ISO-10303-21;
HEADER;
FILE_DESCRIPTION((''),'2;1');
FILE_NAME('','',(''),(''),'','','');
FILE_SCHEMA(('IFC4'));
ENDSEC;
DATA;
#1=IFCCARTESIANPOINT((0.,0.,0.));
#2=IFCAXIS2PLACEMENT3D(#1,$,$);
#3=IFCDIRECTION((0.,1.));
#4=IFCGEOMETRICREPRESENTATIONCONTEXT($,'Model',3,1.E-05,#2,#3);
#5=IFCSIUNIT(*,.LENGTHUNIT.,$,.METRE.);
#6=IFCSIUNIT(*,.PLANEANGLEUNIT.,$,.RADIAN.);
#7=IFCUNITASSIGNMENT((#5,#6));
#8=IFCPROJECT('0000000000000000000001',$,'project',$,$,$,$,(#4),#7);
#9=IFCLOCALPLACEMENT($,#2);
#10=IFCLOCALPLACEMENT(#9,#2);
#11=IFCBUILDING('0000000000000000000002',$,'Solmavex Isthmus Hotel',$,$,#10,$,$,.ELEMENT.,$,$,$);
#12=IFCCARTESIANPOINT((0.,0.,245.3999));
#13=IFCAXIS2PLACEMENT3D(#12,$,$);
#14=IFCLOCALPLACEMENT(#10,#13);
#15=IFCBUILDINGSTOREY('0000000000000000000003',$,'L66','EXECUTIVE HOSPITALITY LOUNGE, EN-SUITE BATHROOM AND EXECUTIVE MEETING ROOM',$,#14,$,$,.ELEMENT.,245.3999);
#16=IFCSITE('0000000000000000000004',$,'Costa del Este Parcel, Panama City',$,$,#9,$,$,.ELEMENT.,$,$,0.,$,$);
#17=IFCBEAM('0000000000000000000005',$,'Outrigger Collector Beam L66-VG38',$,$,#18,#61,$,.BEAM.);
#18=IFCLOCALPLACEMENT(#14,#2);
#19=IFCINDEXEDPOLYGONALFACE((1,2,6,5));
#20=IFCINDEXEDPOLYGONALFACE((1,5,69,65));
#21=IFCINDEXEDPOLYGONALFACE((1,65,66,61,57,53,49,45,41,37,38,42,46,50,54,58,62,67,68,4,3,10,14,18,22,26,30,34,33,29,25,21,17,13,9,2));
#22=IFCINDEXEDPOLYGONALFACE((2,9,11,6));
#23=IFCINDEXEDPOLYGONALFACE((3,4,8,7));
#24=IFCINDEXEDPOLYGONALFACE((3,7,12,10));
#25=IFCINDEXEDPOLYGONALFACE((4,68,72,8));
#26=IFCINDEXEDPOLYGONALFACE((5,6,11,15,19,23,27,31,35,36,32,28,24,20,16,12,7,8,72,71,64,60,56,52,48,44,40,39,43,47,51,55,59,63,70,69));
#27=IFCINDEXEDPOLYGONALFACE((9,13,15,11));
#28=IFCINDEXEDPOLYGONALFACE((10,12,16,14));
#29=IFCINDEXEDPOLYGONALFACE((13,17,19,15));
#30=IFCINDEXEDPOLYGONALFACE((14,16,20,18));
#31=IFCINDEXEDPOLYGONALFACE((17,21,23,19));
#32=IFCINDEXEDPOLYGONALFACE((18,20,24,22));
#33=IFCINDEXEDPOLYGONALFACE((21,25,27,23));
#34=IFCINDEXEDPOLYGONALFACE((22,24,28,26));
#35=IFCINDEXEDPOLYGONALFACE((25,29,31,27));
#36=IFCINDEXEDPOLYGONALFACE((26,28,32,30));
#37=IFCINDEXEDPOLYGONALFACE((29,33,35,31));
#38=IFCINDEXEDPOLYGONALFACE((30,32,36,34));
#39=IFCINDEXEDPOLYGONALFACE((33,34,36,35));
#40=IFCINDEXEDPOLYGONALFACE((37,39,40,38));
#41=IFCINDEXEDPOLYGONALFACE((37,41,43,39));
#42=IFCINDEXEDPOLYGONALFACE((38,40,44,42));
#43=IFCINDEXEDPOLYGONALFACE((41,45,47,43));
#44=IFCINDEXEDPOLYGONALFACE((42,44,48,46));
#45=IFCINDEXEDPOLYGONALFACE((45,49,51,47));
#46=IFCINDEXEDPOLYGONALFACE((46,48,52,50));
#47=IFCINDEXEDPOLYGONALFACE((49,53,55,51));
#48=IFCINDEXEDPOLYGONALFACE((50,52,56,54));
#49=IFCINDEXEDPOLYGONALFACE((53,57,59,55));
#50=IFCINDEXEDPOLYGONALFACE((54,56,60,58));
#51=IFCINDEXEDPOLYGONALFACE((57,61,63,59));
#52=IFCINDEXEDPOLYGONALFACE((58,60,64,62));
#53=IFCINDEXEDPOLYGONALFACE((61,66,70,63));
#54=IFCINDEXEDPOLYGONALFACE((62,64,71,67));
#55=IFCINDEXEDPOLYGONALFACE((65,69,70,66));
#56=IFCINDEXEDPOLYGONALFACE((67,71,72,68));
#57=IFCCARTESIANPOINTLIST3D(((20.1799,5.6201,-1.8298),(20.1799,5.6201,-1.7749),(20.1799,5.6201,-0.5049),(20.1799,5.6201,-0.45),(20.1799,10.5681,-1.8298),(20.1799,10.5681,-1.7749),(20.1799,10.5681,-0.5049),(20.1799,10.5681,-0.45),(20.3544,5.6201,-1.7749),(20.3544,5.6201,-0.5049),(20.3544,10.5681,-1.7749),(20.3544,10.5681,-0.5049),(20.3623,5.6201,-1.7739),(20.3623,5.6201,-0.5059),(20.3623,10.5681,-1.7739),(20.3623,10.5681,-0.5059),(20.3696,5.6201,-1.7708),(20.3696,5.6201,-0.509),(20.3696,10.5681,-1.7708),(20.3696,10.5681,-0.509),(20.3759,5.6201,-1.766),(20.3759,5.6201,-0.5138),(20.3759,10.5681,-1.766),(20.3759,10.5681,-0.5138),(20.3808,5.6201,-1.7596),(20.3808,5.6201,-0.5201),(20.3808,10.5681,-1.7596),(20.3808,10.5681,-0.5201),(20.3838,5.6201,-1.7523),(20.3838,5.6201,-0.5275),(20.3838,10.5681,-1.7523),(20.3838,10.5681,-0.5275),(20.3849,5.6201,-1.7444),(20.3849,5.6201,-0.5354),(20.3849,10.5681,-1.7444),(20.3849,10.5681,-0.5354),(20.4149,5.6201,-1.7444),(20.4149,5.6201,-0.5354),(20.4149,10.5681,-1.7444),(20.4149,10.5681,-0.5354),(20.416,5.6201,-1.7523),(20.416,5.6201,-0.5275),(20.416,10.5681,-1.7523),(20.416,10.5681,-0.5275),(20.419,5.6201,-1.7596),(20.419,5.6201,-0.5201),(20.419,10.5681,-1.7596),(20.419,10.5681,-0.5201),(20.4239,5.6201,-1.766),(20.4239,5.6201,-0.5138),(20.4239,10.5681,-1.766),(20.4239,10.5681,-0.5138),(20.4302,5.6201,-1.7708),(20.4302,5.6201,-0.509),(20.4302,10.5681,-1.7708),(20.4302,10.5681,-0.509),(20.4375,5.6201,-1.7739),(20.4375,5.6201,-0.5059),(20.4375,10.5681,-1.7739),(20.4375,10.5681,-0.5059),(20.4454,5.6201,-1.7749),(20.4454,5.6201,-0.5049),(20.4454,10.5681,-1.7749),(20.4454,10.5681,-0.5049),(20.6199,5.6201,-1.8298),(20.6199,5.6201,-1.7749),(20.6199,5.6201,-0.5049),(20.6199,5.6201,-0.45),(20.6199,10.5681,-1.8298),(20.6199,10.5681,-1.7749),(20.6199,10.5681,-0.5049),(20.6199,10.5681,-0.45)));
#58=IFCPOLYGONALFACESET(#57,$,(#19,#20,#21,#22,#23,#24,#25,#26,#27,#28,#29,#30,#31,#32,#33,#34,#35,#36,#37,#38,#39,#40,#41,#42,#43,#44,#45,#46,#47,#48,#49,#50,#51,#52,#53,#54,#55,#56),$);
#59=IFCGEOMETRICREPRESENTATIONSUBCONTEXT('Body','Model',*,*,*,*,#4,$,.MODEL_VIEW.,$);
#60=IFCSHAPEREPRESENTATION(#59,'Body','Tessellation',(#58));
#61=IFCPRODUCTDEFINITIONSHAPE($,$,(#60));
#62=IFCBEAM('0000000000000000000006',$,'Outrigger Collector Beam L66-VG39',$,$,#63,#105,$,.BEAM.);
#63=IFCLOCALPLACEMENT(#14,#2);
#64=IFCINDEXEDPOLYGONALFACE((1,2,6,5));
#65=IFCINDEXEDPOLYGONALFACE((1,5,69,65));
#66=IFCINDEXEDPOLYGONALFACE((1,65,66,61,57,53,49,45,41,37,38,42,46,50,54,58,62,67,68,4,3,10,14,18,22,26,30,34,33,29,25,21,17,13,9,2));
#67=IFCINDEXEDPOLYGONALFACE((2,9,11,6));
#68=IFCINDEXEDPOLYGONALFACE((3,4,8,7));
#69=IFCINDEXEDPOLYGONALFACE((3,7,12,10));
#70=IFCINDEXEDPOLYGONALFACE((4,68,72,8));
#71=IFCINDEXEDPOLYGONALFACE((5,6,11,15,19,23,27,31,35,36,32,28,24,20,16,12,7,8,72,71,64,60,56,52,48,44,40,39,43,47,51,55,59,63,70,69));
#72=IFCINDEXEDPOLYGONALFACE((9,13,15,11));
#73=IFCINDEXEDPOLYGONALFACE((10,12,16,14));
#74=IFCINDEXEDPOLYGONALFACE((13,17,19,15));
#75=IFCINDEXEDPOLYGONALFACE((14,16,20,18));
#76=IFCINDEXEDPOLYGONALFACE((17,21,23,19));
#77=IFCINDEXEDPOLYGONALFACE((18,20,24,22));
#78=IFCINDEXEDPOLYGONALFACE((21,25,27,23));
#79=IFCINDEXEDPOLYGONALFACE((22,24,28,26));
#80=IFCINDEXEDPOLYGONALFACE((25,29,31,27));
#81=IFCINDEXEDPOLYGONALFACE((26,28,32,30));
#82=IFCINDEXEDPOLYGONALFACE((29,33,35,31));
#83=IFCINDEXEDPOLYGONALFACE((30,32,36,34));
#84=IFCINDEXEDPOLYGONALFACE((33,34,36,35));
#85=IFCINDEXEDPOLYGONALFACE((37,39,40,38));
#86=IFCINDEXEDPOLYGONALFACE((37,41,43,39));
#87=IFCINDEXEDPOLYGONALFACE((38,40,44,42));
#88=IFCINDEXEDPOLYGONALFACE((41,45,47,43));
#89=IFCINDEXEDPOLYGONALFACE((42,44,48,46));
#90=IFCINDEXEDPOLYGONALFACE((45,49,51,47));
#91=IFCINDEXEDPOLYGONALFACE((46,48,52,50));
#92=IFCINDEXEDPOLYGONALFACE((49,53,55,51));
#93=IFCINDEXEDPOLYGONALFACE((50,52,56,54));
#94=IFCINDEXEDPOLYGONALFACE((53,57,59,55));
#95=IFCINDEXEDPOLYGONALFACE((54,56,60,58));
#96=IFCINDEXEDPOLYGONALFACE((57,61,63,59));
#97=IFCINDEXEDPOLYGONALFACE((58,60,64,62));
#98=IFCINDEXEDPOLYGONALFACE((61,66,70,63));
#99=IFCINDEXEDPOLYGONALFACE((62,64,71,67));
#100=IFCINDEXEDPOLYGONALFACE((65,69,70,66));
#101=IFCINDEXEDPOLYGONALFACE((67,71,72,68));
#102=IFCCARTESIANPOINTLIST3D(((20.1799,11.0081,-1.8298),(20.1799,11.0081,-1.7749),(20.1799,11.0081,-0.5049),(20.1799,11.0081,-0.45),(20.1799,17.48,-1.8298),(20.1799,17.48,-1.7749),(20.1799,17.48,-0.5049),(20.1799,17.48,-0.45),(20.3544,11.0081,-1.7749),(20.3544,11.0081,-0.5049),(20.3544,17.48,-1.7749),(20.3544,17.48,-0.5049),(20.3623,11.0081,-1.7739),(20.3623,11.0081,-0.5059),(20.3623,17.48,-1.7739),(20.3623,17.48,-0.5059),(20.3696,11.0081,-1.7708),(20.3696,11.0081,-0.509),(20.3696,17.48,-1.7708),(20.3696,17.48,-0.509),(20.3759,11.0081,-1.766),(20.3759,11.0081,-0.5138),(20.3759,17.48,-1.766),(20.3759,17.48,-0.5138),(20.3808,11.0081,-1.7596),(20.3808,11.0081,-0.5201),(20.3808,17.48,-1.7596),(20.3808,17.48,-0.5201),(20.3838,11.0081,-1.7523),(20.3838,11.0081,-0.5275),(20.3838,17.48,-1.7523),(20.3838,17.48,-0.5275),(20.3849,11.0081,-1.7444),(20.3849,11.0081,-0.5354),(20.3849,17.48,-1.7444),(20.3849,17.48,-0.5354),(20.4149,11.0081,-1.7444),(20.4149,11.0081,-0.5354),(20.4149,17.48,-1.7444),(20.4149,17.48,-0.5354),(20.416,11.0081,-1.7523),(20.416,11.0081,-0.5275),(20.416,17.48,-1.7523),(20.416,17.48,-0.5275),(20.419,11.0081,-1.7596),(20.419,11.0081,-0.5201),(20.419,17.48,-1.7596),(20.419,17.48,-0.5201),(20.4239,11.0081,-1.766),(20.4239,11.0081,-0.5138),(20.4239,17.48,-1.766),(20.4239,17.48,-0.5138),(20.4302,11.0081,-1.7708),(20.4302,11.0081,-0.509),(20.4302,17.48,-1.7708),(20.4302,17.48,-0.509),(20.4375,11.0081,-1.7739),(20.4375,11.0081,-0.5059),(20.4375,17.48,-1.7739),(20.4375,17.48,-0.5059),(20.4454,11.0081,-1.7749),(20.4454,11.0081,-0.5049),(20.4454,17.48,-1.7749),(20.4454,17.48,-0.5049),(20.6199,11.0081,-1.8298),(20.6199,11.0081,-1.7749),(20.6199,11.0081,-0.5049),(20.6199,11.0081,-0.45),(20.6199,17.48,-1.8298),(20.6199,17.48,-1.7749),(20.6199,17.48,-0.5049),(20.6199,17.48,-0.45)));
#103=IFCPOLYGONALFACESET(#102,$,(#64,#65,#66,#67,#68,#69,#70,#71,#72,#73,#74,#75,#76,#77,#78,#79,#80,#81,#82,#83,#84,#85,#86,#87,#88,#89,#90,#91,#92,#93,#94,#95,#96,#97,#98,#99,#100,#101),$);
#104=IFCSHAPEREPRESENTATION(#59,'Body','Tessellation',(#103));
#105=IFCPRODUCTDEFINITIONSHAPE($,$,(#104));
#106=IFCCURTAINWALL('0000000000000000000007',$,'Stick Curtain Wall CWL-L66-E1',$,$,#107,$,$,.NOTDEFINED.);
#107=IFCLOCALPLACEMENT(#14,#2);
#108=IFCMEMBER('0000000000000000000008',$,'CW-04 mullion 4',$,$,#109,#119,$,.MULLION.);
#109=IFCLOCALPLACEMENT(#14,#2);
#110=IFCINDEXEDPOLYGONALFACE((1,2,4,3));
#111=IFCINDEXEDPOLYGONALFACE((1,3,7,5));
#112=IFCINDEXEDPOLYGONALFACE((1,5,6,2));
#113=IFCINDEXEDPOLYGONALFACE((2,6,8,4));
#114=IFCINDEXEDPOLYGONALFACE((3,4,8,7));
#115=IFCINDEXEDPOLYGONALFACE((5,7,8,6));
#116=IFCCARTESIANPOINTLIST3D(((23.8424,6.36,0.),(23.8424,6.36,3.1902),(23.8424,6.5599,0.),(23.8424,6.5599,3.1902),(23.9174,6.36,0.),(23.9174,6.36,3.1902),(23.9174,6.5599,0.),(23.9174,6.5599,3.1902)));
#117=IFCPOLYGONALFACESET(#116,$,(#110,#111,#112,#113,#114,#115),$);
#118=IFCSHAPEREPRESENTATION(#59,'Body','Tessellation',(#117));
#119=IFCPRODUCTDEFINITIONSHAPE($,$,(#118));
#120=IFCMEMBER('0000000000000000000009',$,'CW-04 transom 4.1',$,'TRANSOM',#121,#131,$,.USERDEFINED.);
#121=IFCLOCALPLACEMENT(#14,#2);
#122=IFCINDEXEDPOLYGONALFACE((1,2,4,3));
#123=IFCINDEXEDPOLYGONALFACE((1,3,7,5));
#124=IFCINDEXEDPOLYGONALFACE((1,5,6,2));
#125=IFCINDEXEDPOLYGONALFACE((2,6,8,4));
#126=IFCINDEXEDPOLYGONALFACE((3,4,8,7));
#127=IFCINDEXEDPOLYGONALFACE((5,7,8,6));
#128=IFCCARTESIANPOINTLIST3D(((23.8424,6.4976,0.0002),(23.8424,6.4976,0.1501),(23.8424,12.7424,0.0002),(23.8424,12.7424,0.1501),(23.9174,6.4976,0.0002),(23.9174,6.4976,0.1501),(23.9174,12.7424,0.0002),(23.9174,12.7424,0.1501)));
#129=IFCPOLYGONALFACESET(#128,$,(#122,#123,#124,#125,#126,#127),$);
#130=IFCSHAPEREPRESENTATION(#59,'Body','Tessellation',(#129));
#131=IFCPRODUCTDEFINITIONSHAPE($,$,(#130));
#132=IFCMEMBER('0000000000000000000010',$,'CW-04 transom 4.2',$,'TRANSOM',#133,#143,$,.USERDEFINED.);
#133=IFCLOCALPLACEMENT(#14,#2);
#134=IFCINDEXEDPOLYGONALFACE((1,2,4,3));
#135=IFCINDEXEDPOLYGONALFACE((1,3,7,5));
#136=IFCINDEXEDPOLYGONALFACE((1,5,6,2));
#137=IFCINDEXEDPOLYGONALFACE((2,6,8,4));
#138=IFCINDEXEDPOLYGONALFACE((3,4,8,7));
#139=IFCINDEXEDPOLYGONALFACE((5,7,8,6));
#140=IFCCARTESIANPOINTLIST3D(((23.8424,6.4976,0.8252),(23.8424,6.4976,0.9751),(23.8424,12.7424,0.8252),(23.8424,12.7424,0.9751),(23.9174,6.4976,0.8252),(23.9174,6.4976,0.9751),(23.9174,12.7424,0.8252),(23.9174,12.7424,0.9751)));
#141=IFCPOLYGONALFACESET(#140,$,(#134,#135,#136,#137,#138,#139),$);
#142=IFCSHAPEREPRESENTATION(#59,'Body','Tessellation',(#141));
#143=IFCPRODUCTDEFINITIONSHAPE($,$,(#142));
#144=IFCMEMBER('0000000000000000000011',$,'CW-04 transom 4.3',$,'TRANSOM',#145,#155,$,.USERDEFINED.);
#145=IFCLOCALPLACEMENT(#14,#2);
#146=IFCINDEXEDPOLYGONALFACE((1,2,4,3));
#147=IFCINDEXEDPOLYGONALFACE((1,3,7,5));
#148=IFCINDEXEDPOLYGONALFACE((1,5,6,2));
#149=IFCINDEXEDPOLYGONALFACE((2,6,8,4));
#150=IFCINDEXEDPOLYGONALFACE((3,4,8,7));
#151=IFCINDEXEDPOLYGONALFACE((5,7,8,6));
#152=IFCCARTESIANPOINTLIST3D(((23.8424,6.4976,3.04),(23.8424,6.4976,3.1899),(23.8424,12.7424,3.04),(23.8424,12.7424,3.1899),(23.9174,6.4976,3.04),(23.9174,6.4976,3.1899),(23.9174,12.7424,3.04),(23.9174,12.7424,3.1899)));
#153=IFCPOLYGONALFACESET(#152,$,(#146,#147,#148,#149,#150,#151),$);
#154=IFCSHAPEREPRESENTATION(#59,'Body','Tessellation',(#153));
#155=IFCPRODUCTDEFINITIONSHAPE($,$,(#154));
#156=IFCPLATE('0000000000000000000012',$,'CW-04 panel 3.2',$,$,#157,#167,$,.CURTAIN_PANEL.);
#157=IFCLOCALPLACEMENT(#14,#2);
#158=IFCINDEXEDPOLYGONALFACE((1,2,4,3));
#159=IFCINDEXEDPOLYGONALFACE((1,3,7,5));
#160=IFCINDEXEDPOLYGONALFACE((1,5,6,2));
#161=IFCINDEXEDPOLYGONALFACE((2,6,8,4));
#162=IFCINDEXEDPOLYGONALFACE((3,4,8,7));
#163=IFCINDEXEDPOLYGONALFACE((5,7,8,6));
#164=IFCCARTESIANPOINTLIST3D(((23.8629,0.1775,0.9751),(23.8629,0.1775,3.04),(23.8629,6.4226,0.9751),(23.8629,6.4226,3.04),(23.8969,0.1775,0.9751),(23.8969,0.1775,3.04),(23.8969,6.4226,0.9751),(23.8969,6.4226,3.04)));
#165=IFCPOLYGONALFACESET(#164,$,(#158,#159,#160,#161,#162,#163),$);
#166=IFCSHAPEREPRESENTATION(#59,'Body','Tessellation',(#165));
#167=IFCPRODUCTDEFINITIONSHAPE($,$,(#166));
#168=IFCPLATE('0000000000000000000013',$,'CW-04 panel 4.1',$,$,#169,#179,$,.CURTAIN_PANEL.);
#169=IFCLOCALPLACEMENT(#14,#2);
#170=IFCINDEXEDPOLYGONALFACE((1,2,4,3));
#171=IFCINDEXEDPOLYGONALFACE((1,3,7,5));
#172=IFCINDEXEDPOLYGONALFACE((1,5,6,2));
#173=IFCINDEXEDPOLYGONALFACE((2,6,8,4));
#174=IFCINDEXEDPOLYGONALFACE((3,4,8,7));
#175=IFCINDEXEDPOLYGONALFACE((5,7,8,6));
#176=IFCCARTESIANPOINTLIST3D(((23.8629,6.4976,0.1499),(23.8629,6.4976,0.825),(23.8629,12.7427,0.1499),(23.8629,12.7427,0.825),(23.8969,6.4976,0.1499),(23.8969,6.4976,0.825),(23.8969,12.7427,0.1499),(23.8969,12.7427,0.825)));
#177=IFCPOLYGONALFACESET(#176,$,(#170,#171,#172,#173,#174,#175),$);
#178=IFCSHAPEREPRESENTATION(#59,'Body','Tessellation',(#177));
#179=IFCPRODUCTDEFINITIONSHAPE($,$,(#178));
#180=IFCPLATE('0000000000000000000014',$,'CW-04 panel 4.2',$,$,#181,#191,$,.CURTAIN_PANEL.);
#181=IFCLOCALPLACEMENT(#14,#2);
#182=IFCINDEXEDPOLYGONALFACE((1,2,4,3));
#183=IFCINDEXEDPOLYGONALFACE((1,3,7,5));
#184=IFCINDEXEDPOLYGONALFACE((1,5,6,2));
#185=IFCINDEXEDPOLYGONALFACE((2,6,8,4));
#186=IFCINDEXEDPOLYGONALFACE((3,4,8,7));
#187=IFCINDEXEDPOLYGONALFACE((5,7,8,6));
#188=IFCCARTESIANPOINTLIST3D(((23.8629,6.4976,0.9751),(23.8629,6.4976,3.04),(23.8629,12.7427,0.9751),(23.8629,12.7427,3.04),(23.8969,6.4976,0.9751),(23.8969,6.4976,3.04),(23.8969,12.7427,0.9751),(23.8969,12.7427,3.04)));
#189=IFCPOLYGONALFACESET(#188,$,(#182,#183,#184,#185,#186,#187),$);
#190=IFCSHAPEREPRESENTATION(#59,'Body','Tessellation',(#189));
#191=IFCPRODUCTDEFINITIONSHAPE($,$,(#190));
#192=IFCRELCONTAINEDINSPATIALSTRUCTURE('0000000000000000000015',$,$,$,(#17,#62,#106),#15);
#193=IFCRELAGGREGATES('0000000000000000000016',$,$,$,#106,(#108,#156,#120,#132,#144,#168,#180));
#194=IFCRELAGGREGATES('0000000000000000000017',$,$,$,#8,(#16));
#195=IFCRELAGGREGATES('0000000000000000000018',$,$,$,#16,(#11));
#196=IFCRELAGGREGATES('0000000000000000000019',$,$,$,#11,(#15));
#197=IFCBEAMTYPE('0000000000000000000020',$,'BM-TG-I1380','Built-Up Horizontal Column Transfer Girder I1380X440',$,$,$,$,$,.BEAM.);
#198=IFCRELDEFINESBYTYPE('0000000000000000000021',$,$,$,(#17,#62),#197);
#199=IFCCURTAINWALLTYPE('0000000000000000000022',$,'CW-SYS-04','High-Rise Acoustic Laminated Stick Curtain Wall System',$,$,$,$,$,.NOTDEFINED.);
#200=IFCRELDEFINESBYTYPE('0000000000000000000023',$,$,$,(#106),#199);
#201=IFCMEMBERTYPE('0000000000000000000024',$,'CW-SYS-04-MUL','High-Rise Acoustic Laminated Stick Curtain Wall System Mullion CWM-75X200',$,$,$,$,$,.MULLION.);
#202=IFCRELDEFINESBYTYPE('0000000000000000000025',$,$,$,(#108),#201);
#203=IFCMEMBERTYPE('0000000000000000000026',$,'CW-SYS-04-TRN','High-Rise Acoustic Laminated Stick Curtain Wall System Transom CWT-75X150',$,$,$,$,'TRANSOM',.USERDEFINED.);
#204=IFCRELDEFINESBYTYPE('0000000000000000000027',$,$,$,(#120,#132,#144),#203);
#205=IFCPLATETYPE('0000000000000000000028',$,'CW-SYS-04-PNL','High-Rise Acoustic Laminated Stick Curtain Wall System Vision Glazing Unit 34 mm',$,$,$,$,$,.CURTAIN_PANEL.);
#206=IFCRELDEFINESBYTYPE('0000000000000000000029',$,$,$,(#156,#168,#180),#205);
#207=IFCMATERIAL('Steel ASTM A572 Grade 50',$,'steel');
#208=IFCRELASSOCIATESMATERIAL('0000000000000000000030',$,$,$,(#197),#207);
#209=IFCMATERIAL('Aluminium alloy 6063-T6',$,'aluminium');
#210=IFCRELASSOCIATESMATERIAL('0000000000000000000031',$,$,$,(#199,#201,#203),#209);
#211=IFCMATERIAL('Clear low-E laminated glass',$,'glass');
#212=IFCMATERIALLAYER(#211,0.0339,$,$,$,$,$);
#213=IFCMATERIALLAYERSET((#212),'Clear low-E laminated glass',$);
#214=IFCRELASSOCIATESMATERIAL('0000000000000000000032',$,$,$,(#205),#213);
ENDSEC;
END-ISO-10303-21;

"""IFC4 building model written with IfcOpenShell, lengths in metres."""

from ifc_helpers import new_model, si_unit, direction, frame, origin, origin_2d, place, context, subcontext, project, spatial, rectangle, i_section, extrude, material, layer, layer_set, material_profile, profile_set, type_object, element, aggregate, save


model = new_model("IFC4")

# Units and contexts
model_context = context("Model", 3, precision=1e-05, world=origin(), true_north=direction((0.0, 1.0)))
body_context = subcontext(model_context, "Body", "Model", "MODEL_VIEW")
ifc_project = project(units=[si_unit("LENGTHUNIT", "METRE"), si_unit("PLANEANGLEUNIT", "RADIAN")], contexts=[model_context])

# Site, building, storey
site_placement = place(None, origin())
site = spatial("IfcSite", under=ifc_project, at=site_placement, Name="Costa del Este Parcel, Panama City", CompositionType="ELEMENT", RefElevation=0.0)
building_placement = place(site_placement, origin())
building = spatial("IfcBuilding", under=site, at=building_placement, Name="Solmavex Isthmus Hotel", CompositionType="ELEMENT")
storey_placement = place(building_placement, frame((0.0, 0.0, 245.3999)))
storey = spatial("IfcBuildingStorey", under=building, at=storey_placement, Name="L66", Description="EXECUTIVE HOSPITALITY LOUNGE, EN-SUITE BATHROOM AND EXECUTIVE MEETING ROOM", CompositionType="ELEMENT", Elevation=245.3999)

# Beams
ifc_material_1 = material(Name="Steel ASTM A572 Grade 50", Category="steel")
ifc_material_profile_1 = material_profile(ifc_material_1, i_section(OverallWidth=0.4399, OverallDepth=1.3799, WebThickness=0.03, FlangeThickness=0.0549, FilletRadius=0.0305, at=origin_2d()), Name="I1380X440")
ifc_profile_set_1 = profile_set([ifc_material_profile_1], Name="Steel ASTM A572 Grade 50")
beam_type_1 = type_object("IfcBeamType", Name="BM-TG-I1380", Description="Built-Up Horizontal Column Transfer Girder I1380X440", PredefinedType="BEAM", material=ifc_profile_set_1)
beam_1_placement = place(storey_placement, frame((20.3999, 5.6201, -1.1399), z_axis=(0.0, 1.0, 0.0), x_axis=(-1.0, 0.0, 0.0)))
element("IfcBeam", 1, at=beam_1_placement, inside=storey, type_object=beam_type_1, Name="Outrigger Collector Beam L66-VG38", PredefinedType="BEAM", context=body_context, shape_type="SweptSolid", body=[
    extrude(i_section(OverallWidth=0.4399, OverallDepth=1.3799, WebThickness=0.03, FlangeThickness=0.0549, FilletRadius=0.0305, at=origin_2d()), origin(), (0.0, 0.0, 1.0), 4.948),
])
beam_2_placement = place(storey_placement, frame((20.3999, 11.0081, -1.1399), z_axis=(0.0, 1.0, 0.0), x_axis=(-1.0, 0.0, 0.0)))
element("IfcBeam", 2, at=beam_2_placement, inside=storey, type_object=beam_type_1, Name="Outrigger Collector Beam L66-VG39", PredefinedType="BEAM", context=body_context, shape_type="SweptSolid", body=[
    extrude(i_section(OverallWidth=0.4399, OverallDepth=1.3799, WebThickness=0.03, FlangeThickness=0.0549, FilletRadius=0.0305, at=origin_2d()), origin(), (0.0, 0.0, 1.0), 6.4719),
])

# Curtain wall, members, plates
ifc_material_2 = material(Name="Aluminium alloy 6063-T6", Category="aluminium")
curtain_wall_type = type_object("IfcCurtainWallType", Name="CW-SYS-04", Description="High-Rise Acoustic Laminated Stick Curtain Wall System", PredefinedType="NOTDEFINED", material=ifc_material_2)
curtain_wall_placement = place(storey_placement, origin())
curtain_wall = element("IfcCurtainWall", 3, at=curtain_wall_placement, inside=storey, type_object=curtain_wall_type, Name="Stick Curtain Wall CWL-L66-E1", PredefinedType="NOTDEFINED")
ifc_material_profile_2 = material_profile(ifc_material_2, rectangle(XDim=0.075, YDim=0.2, at=origin_2d()), Name="CWM-75X200")
ifc_profile_set_2 = profile_set([ifc_material_profile_2], Name="Aluminium alloy 6063-T6")
member_type_1 = type_object("IfcMemberType", Name="CW-SYS-04-MUL", Description="High-Rise Acoustic Laminated Stick Curtain Wall System Mullion CWM-75X200", PredefinedType="MULLION", material=ifc_profile_set_2)
member_1_placement = place(storey_placement, frame((23.8799, 6.46, 0.0), z_axis=(0.0, 0.0, 1.0), x_axis=(-1.0, 0.0, 0.0)))
member_1 = element("IfcMember", 4, at=member_1_placement, type_object=member_type_1, Name="CW-04 mullion 4", PredefinedType="MULLION", context=body_context, shape_type="SweptSolid", body=[
    extrude(rectangle(XDim=0.075, YDim=0.2, at=origin_2d()), origin(), (0.0, 0.0, 1.0), 3.1902),
])
ifc_material_profile_3 = material_profile(ifc_material_2, rectangle(XDim=0.075, YDim=0.1499, at=origin_2d()), Name="CWT-75X150")
ifc_profile_set_3 = profile_set([ifc_material_profile_3], Name="Aluminium alloy 6063-T6")
member_type_2 = type_object("IfcMemberType", Name="CW-SYS-04-TRN", Description="High-Rise Acoustic Laminated Stick Curtain Wall System Transom CWT-75X150", ElementType="TRANSOM", PredefinedType="USERDEFINED", material=ifc_profile_set_3)
member_2_placement = place(storey_placement, frame((23.8799, 6.4976, 0.0752), z_axis=(0.0, 1.0, 0.0), x_axis=(-1.0, 0.0, 0.0)))
member_2 = element("IfcMember", 5, at=member_2_placement, type_object=member_type_2, Name="CW-04 transom 4.1", ObjectType="TRANSOM", PredefinedType="USERDEFINED", context=body_context, shape_type="SweptSolid", body=[
    extrude(rectangle(XDim=0.075, YDim=0.1499, at=origin_2d()), origin(), (0.0, 0.0, 1.0), 6.2449),
])
member_3_placement = place(storey_placement, frame((23.8799, 6.4976, 0.9001), z_axis=(0.0, 1.0, 0.0), x_axis=(-1.0, 0.0, 0.0)))
member_3 = element("IfcMember", 6, at=member_3_placement, type_object=member_type_2, Name="CW-04 transom 4.2", ObjectType="TRANSOM", PredefinedType="USERDEFINED", context=body_context, shape_type="SweptSolid", body=[
    extrude(rectangle(XDim=0.075, YDim=0.1499, at=origin_2d()), origin(), (0.0, 0.0, 1.0), 6.2449),
])
member_4_placement = place(storey_placement, frame((23.8799, 6.4976, 3.115), z_axis=(0.0, 1.0, 0.0), x_axis=(-1.0, 0.0, 0.0)))
member_4 = element("IfcMember", 7, at=member_4_placement, type_object=member_type_2, Name="CW-04 transom 4.3", ObjectType="TRANSOM", PredefinedType="USERDEFINED", context=body_context, shape_type="SweptSolid", body=[
    extrude(rectangle(XDim=0.075, YDim=0.1499, at=origin_2d()), origin(), (0.0, 0.0, 1.0), 6.2449),
])
ifc_material_3 = material(Name="Clear low-E laminated glass", Category="glass")
ifc_layer_1 = layer(ifc_material_3, 0.0339)
ifc_layer_set_1 = layer_set([ifc_layer_1], Name="Clear low-E laminated glass")
plate_type = type_object("IfcPlateType", Name="CW-SYS-04-PNL", Description="High-Rise Acoustic Laminated Stick Curtain Wall System Vision Glazing Unit 34 mm", PredefinedType="CURTAIN_PANEL", material=ifc_layer_set_1)
plate_1_placement = place(storey_placement, frame((23.8799, 3.3, 0.9751), z_axis=(0.0, 0.0, 1.0), x_axis=(0.0, 1.0, 0.0)))
plate_1 = element("IfcPlate", 8, at=plate_1_placement, type_object=plate_type, Name="CW-04 panel 3.2", PredefinedType="CURTAIN_PANEL", context=body_context, shape_type="SweptSolid", body=[
    extrude(rectangle(XDim=6.2451, YDim=0.0339, at=origin_2d()), origin(), (0.0, 0.0, 1.0), 2.0649),
])
plate_2_placement = place(storey_placement, frame((23.8799, 9.6201, 0.1499), z_axis=(0.0, 0.0, 1.0), x_axis=(0.0, 1.0, 0.0)))
plate_2 = element("IfcPlate", 9, at=plate_2_placement, type_object=plate_type, Name="CW-04 panel 4.1", PredefinedType="CURTAIN_PANEL", context=body_context, shape_type="SweptSolid", body=[
    extrude(rectangle(XDim=6.2451, YDim=0.0339, at=origin_2d()), origin(), (0.0, 0.0, 1.0), 0.675),
])
plate_3_placement = place(storey_placement, frame((23.8799, 9.6201, 0.9751), z_axis=(0.0, 0.0, 1.0), x_axis=(0.0, 1.0, 0.0)))
plate_3 = element("IfcPlate", 10, at=plate_3_placement, type_object=plate_type, Name="CW-04 panel 4.2", PredefinedType="CURTAIN_PANEL", context=body_context, shape_type="SweptSolid", body=[
    extrude(rectangle(XDim=6.2451, YDim=0.0339, at=origin_2d()), origin(), (0.0, 0.0, 1.0), 2.0649),
])
aggregate(curtain_wall, [member_1, plate_1, member_2, member_3, member_4, plate_2, plate_3])

save(model, "model.ifc")
